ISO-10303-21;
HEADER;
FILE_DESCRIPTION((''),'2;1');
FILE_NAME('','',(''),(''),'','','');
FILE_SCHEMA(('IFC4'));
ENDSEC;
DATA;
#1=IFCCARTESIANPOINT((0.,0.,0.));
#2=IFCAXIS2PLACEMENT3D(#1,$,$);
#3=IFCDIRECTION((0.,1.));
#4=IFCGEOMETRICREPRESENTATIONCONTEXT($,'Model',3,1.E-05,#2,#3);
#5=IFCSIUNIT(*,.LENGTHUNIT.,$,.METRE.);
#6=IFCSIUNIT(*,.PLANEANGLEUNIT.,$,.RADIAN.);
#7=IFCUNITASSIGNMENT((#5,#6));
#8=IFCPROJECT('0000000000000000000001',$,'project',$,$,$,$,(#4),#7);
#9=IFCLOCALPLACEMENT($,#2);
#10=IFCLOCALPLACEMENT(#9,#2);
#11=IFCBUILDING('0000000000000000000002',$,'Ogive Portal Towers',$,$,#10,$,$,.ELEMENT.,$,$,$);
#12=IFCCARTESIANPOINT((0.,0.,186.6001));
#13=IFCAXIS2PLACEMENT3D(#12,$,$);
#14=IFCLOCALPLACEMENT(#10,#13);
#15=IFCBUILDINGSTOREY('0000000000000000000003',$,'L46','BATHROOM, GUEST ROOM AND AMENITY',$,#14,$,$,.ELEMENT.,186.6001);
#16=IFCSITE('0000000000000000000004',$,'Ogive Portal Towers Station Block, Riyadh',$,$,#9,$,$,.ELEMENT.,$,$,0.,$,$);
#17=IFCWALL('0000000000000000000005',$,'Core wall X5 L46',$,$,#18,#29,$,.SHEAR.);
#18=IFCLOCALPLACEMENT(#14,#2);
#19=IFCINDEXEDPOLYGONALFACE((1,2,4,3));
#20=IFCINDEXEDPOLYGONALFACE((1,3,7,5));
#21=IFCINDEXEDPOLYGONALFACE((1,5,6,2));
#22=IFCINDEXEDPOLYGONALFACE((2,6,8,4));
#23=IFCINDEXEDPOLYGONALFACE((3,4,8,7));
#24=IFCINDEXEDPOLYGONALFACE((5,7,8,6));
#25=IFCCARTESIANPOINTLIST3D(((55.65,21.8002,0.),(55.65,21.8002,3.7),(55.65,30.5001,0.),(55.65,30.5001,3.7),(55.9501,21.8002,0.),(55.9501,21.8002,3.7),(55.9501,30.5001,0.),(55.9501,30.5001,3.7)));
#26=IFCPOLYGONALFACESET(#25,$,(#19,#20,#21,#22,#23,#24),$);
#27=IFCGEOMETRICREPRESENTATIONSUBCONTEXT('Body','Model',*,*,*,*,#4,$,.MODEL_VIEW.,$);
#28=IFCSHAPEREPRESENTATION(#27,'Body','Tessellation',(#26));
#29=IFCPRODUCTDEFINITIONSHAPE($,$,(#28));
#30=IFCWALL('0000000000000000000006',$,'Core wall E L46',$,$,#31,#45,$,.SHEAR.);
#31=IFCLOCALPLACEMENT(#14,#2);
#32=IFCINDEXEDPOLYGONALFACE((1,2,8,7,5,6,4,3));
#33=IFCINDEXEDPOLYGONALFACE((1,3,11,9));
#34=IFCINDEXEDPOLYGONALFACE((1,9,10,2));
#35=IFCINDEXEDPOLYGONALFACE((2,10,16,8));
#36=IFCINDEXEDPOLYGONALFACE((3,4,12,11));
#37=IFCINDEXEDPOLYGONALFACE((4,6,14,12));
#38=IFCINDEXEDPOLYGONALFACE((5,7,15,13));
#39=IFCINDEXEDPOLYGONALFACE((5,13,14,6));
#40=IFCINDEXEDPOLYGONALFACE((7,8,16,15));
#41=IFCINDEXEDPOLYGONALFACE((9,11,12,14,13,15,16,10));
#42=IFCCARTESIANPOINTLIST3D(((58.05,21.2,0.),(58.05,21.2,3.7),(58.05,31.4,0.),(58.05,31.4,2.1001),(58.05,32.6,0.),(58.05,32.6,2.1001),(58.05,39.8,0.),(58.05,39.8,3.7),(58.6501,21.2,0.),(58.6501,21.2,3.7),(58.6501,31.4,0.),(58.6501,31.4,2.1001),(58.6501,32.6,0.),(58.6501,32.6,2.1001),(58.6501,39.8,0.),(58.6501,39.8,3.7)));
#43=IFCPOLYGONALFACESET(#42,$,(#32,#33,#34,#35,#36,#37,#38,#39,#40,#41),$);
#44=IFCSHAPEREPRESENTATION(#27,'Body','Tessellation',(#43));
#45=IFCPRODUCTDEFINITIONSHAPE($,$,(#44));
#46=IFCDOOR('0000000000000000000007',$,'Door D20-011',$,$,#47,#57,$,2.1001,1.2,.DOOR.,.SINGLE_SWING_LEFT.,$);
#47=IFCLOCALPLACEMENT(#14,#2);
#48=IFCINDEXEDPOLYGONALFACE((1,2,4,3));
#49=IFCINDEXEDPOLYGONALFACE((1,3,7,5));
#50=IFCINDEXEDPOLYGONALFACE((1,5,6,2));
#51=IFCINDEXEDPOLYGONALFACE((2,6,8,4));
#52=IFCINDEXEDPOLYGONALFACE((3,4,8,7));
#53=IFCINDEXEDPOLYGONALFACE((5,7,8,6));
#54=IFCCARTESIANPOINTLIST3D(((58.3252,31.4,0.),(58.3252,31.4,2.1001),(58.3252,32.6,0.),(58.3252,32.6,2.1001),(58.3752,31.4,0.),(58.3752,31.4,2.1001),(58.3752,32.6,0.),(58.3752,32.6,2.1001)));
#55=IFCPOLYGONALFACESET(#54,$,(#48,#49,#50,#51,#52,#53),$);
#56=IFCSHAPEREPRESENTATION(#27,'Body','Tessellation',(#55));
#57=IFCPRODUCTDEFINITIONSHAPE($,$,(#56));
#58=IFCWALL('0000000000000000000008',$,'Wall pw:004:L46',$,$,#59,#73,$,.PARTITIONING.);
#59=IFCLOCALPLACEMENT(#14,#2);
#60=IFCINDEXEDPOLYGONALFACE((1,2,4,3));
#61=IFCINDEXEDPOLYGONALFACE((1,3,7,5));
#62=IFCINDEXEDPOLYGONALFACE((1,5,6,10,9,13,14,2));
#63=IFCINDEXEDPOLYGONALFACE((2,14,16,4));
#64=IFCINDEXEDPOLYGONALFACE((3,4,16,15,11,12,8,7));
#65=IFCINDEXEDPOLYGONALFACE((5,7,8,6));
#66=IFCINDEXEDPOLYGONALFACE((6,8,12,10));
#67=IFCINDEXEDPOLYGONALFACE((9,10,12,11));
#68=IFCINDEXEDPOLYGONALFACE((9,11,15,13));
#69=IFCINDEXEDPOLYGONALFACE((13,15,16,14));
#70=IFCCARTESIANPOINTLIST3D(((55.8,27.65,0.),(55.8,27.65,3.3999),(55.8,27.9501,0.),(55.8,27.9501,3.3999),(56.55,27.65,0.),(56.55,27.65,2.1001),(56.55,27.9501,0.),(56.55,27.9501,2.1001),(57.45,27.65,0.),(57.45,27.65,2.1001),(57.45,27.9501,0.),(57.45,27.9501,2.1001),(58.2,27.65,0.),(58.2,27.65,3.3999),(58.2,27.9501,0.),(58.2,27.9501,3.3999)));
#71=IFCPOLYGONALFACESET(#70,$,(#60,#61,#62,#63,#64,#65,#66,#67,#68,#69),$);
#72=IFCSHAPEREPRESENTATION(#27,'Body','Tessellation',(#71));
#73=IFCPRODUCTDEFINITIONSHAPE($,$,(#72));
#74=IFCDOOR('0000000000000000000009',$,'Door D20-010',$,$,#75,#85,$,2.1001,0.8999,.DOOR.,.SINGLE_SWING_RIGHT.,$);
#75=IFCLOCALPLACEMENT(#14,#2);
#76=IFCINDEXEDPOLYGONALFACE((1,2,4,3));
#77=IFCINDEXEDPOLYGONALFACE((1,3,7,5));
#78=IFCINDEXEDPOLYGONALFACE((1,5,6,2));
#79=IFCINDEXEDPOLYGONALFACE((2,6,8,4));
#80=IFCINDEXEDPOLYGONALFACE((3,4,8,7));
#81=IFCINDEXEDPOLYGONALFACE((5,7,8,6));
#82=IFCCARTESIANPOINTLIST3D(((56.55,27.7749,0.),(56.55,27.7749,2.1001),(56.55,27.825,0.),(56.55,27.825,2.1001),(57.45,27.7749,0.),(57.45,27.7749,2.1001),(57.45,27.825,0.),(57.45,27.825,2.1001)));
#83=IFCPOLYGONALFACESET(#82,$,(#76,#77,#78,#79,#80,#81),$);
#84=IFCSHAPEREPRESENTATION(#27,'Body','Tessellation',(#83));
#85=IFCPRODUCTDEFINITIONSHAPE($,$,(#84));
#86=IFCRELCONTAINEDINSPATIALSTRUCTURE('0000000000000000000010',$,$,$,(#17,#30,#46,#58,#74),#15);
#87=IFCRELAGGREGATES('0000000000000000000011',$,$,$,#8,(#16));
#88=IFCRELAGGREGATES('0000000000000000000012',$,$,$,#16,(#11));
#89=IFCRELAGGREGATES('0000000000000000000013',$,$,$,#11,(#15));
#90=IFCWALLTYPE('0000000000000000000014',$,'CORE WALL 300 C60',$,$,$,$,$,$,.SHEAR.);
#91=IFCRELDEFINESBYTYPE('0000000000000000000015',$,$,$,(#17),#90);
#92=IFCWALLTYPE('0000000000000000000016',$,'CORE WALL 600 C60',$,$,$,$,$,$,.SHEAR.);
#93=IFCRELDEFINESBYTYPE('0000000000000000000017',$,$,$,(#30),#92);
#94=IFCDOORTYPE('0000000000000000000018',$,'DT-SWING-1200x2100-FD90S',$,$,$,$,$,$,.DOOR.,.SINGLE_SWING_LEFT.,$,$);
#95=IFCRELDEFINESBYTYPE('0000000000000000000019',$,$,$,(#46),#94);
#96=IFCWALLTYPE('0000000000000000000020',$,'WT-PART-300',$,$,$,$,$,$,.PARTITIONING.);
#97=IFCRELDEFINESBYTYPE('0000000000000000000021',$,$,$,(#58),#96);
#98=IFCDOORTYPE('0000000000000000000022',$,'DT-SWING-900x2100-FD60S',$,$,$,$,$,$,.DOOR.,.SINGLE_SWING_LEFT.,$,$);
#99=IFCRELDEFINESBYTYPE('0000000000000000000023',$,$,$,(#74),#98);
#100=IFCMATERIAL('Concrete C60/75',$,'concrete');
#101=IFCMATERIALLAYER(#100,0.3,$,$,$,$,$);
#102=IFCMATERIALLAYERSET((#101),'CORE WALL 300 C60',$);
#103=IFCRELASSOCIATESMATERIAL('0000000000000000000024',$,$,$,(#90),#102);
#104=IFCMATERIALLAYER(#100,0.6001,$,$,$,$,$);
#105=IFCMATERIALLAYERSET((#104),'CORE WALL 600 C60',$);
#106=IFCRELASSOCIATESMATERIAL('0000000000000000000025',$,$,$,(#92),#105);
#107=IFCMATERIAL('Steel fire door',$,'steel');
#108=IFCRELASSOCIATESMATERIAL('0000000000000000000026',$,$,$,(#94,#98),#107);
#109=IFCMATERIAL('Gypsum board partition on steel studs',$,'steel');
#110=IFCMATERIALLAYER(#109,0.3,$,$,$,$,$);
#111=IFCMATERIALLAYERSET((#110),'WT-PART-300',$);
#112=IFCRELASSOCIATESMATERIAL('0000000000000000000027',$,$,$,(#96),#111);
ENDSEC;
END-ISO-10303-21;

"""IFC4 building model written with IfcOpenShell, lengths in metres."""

from ifc_helpers import new_model, si_unit, direction, frame, frame_2d, origin, place, context, subcontext, project, spatial, rectangle, extrude, material, layer, layer_set, type_object, element, fill, save


model = new_model("IFC4")

# Units and contexts
model_context = context("Model", 3, precision=1e-05, world=origin(), true_north=direction((0.0, 1.0)))
body_context = subcontext(model_context, "Body", "Model", "MODEL_VIEW")
ifc_project = project(units=[si_unit("LENGTHUNIT", "METRE"), si_unit("PLANEANGLEUNIT", "RADIAN")], contexts=[model_context])

# Site, building, storey
site_placement = place(None, origin())
site = spatial("IfcSite", under=ifc_project, at=site_placement, Name="Ogive Portal Towers Station Block, Riyadh", CompositionType="ELEMENT", RefElevation=0.0)
building_placement = place(site_placement, origin())
building = spatial("IfcBuilding", under=site, at=building_placement, Name="Ogive Portal Towers", CompositionType="ELEMENT")
storey_placement = place(building_placement, frame((0.0, 0.0, 186.6001)))
storey = spatial("IfcBuildingStorey", under=building, at=storey_placement, Name="L46", Description="BATHROOM, GUEST ROOM AND AMENITY", CompositionType="ELEMENT", Elevation=186.6001)

# Wall
ifc_material_1 = material(Name="Concrete C60/75", Category="concrete")
ifc_layer_1 = layer(ifc_material_1, 0.3)
ifc_layer_set_1 = layer_set([ifc_layer_1], Name="CORE WALL 300 C60")
wall_type_1 = type_object("IfcWallType", Name="CORE WALL 300 C60", PredefinedType="SHEAR", material=ifc_layer_set_1)
wall_1_placement = place(storey_placement, frame((55.8, 21.8, 0.0), z_axis=(0.0, 0.0, 1.0), x_axis=(0.0, 1.0, 0.0)))
element("IfcWall", 1, at=wall_1_placement, inside=storey, type_object=wall_type_1, Name="Core wall X5 L46", PredefinedType="SHEAR", context=body_context, shape_type="SweptSolid", body=[
    extrude(rectangle(XDim=8.7, YDim=0.3, at=frame_2d((4.3501, 0.0))), origin(), (0.0, 0.0, 1.0), 3.7),
])

# Walls, openings, doors
ifc_layer_2 = layer(ifc_material_1, 0.6001)
ifc_layer_set_2 = layer_set([ifc_layer_2], Name="CORE WALL 600 C60")
wall_type_2 = type_object("IfcWallType", Name="CORE WALL 600 C60", PredefinedType="SHEAR", material=ifc_layer_set_2)
wall_2_placement = place(storey_placement, frame((58.3501, 21.2, 0.0), z_axis=(0.0, 0.0, 1.0), x_axis=(0.0, 1.0, 0.0)))
wall_2 = element("IfcWall", 2, at=wall_2_placement, inside=storey, type_object=wall_type_2, Name="Core wall E L46", PredefinedType="SHEAR", context=body_context, shape_type="SweptSolid", body=[
    extrude(rectangle(XDim=18.6001, YDim=0.6001, at=frame_2d((9.3, 0.0))), origin(), (0.0, 0.0, 1.0), 3.7),
])
opening_1_placement = place(wall_2_placement, frame((10.2, 0.0, 0.0)))
opening_1 = element("IfcOpeningElement", 3, at=opening_1_placement, cuts=wall_2, PredefinedType="OPENING", context=body_context, shape_type="SweptSolid", body=[
    extrude(rectangle(XDim=1.2, YDim=2.1001, at=frame_2d((0.6001, 1.05))), frame((0.0, 0.3101, 0.0), z_axis=(0.0, -1.0, 0.0), x_axis=(1.0, 0.0, 0.0)), (0.0, 0.0, 1.0), 0.6201),
])
ifc_material_2 = material(Name="Steel fire door", Category="steel")
door_type_1 = type_object("IfcDoorType", Name="DT-SWING-1200x2100-FD90S", OperationType="SINGLE_SWING_LEFT", PredefinedType="DOOR", material=ifc_material_2)
door_1_placement = place(opening_1_placement, origin())
door_1 = element("IfcDoor", 4, at=door_1_placement, inside=storey, type_object=door_type_1, Name="Door D20-011", OperationType="SINGLE_SWING_LEFT", OverallHeight=2.1001, OverallWidth=1.2, PredefinedType="DOOR", context=body_context, shape_type="SweptSolid", body=[
    extrude(rectangle(XDim=1.2, YDim=2.1001, at=frame_2d((0.6001, 1.05))), frame((0.0, 0.0249, 0.0), z_axis=(0.0, -1.0, 0.0), x_axis=(1.0, 0.0, 0.0)), (0.0, 0.0, 1.0), 0.05),
])
fill(opening_1, door_1)
ifc_material_3 = material(Name="Gypsum board partition on steel studs", Category="steel")
ifc_layer_3 = layer(ifc_material_3, 0.3)
ifc_layer_set_3 = layer_set([ifc_layer_3], Name="WT-PART-300")
wall_type_3 = type_object("IfcWallType", Name="WT-PART-300", PredefinedType="PARTITIONING", material=ifc_layer_set_3)
wall_3_placement = place(storey_placement, frame((55.8, 27.8, 0.0), z_axis=(0.0, 0.0, 1.0), x_axis=(1.0, 0.0, 0.0)))
wall_3 = element("IfcWall", 5, at=wall_3_placement, inside=storey, type_object=wall_type_3, Name="Wall pw:004:L46", PredefinedType="PARTITIONING", context=body_context, shape_type="SweptSolid", body=[
    extrude(rectangle(XDim=2.3999, YDim=0.3, at=frame_2d((1.2, 0.0))), origin(), (0.0, 0.0, 1.0), 3.3999),
])
opening_2_placement = place(wall_3_placement, frame((0.75, 0.0, 0.0)))
opening_2 = element("IfcOpeningElement", 6, at=opening_2_placement, cuts=wall_3, PredefinedType="OPENING", context=body_context, shape_type="SweptSolid", body=[
    extrude(rectangle(XDim=0.8999, YDim=2.1001, at=frame_2d((0.45, 1.05))), frame((0.0, 0.1602, 0.0), z_axis=(0.0, -1.0, 0.0), x_axis=(1.0, 0.0, 0.0)), (0.0, 0.0, 1.0), 0.3201),
])
door_type_2 = type_object("IfcDoorType", Name="DT-SWING-900x2100-FD60S", OperationType="SINGLE_SWING_LEFT", PredefinedType="DOOR", material=ifc_material_2)
door_2_placement = place(opening_2_placement, origin())
door_2 = element("IfcDoor", 7, at=door_2_placement, inside=storey, type_object=door_type_2, Name="Door D20-010", OperationType="SINGLE_SWING_RIGHT", OverallHeight=2.1001, OverallWidth=0.8999, PredefinedType="DOOR", context=body_context, shape_type="SweptSolid", body=[
    extrude(rectangle(XDim=0.8999, YDim=2.1001, at=frame_2d((0.45, 1.05))), frame((0.0, 0.0249, 0.0), z_axis=(0.0, -1.0, 0.0), x_axis=(1.0, 0.0, 0.0)), (0.0, 0.0, 1.0), 0.05),
])
fill(opening_2, door_2)

save(model, "model.ifc")
